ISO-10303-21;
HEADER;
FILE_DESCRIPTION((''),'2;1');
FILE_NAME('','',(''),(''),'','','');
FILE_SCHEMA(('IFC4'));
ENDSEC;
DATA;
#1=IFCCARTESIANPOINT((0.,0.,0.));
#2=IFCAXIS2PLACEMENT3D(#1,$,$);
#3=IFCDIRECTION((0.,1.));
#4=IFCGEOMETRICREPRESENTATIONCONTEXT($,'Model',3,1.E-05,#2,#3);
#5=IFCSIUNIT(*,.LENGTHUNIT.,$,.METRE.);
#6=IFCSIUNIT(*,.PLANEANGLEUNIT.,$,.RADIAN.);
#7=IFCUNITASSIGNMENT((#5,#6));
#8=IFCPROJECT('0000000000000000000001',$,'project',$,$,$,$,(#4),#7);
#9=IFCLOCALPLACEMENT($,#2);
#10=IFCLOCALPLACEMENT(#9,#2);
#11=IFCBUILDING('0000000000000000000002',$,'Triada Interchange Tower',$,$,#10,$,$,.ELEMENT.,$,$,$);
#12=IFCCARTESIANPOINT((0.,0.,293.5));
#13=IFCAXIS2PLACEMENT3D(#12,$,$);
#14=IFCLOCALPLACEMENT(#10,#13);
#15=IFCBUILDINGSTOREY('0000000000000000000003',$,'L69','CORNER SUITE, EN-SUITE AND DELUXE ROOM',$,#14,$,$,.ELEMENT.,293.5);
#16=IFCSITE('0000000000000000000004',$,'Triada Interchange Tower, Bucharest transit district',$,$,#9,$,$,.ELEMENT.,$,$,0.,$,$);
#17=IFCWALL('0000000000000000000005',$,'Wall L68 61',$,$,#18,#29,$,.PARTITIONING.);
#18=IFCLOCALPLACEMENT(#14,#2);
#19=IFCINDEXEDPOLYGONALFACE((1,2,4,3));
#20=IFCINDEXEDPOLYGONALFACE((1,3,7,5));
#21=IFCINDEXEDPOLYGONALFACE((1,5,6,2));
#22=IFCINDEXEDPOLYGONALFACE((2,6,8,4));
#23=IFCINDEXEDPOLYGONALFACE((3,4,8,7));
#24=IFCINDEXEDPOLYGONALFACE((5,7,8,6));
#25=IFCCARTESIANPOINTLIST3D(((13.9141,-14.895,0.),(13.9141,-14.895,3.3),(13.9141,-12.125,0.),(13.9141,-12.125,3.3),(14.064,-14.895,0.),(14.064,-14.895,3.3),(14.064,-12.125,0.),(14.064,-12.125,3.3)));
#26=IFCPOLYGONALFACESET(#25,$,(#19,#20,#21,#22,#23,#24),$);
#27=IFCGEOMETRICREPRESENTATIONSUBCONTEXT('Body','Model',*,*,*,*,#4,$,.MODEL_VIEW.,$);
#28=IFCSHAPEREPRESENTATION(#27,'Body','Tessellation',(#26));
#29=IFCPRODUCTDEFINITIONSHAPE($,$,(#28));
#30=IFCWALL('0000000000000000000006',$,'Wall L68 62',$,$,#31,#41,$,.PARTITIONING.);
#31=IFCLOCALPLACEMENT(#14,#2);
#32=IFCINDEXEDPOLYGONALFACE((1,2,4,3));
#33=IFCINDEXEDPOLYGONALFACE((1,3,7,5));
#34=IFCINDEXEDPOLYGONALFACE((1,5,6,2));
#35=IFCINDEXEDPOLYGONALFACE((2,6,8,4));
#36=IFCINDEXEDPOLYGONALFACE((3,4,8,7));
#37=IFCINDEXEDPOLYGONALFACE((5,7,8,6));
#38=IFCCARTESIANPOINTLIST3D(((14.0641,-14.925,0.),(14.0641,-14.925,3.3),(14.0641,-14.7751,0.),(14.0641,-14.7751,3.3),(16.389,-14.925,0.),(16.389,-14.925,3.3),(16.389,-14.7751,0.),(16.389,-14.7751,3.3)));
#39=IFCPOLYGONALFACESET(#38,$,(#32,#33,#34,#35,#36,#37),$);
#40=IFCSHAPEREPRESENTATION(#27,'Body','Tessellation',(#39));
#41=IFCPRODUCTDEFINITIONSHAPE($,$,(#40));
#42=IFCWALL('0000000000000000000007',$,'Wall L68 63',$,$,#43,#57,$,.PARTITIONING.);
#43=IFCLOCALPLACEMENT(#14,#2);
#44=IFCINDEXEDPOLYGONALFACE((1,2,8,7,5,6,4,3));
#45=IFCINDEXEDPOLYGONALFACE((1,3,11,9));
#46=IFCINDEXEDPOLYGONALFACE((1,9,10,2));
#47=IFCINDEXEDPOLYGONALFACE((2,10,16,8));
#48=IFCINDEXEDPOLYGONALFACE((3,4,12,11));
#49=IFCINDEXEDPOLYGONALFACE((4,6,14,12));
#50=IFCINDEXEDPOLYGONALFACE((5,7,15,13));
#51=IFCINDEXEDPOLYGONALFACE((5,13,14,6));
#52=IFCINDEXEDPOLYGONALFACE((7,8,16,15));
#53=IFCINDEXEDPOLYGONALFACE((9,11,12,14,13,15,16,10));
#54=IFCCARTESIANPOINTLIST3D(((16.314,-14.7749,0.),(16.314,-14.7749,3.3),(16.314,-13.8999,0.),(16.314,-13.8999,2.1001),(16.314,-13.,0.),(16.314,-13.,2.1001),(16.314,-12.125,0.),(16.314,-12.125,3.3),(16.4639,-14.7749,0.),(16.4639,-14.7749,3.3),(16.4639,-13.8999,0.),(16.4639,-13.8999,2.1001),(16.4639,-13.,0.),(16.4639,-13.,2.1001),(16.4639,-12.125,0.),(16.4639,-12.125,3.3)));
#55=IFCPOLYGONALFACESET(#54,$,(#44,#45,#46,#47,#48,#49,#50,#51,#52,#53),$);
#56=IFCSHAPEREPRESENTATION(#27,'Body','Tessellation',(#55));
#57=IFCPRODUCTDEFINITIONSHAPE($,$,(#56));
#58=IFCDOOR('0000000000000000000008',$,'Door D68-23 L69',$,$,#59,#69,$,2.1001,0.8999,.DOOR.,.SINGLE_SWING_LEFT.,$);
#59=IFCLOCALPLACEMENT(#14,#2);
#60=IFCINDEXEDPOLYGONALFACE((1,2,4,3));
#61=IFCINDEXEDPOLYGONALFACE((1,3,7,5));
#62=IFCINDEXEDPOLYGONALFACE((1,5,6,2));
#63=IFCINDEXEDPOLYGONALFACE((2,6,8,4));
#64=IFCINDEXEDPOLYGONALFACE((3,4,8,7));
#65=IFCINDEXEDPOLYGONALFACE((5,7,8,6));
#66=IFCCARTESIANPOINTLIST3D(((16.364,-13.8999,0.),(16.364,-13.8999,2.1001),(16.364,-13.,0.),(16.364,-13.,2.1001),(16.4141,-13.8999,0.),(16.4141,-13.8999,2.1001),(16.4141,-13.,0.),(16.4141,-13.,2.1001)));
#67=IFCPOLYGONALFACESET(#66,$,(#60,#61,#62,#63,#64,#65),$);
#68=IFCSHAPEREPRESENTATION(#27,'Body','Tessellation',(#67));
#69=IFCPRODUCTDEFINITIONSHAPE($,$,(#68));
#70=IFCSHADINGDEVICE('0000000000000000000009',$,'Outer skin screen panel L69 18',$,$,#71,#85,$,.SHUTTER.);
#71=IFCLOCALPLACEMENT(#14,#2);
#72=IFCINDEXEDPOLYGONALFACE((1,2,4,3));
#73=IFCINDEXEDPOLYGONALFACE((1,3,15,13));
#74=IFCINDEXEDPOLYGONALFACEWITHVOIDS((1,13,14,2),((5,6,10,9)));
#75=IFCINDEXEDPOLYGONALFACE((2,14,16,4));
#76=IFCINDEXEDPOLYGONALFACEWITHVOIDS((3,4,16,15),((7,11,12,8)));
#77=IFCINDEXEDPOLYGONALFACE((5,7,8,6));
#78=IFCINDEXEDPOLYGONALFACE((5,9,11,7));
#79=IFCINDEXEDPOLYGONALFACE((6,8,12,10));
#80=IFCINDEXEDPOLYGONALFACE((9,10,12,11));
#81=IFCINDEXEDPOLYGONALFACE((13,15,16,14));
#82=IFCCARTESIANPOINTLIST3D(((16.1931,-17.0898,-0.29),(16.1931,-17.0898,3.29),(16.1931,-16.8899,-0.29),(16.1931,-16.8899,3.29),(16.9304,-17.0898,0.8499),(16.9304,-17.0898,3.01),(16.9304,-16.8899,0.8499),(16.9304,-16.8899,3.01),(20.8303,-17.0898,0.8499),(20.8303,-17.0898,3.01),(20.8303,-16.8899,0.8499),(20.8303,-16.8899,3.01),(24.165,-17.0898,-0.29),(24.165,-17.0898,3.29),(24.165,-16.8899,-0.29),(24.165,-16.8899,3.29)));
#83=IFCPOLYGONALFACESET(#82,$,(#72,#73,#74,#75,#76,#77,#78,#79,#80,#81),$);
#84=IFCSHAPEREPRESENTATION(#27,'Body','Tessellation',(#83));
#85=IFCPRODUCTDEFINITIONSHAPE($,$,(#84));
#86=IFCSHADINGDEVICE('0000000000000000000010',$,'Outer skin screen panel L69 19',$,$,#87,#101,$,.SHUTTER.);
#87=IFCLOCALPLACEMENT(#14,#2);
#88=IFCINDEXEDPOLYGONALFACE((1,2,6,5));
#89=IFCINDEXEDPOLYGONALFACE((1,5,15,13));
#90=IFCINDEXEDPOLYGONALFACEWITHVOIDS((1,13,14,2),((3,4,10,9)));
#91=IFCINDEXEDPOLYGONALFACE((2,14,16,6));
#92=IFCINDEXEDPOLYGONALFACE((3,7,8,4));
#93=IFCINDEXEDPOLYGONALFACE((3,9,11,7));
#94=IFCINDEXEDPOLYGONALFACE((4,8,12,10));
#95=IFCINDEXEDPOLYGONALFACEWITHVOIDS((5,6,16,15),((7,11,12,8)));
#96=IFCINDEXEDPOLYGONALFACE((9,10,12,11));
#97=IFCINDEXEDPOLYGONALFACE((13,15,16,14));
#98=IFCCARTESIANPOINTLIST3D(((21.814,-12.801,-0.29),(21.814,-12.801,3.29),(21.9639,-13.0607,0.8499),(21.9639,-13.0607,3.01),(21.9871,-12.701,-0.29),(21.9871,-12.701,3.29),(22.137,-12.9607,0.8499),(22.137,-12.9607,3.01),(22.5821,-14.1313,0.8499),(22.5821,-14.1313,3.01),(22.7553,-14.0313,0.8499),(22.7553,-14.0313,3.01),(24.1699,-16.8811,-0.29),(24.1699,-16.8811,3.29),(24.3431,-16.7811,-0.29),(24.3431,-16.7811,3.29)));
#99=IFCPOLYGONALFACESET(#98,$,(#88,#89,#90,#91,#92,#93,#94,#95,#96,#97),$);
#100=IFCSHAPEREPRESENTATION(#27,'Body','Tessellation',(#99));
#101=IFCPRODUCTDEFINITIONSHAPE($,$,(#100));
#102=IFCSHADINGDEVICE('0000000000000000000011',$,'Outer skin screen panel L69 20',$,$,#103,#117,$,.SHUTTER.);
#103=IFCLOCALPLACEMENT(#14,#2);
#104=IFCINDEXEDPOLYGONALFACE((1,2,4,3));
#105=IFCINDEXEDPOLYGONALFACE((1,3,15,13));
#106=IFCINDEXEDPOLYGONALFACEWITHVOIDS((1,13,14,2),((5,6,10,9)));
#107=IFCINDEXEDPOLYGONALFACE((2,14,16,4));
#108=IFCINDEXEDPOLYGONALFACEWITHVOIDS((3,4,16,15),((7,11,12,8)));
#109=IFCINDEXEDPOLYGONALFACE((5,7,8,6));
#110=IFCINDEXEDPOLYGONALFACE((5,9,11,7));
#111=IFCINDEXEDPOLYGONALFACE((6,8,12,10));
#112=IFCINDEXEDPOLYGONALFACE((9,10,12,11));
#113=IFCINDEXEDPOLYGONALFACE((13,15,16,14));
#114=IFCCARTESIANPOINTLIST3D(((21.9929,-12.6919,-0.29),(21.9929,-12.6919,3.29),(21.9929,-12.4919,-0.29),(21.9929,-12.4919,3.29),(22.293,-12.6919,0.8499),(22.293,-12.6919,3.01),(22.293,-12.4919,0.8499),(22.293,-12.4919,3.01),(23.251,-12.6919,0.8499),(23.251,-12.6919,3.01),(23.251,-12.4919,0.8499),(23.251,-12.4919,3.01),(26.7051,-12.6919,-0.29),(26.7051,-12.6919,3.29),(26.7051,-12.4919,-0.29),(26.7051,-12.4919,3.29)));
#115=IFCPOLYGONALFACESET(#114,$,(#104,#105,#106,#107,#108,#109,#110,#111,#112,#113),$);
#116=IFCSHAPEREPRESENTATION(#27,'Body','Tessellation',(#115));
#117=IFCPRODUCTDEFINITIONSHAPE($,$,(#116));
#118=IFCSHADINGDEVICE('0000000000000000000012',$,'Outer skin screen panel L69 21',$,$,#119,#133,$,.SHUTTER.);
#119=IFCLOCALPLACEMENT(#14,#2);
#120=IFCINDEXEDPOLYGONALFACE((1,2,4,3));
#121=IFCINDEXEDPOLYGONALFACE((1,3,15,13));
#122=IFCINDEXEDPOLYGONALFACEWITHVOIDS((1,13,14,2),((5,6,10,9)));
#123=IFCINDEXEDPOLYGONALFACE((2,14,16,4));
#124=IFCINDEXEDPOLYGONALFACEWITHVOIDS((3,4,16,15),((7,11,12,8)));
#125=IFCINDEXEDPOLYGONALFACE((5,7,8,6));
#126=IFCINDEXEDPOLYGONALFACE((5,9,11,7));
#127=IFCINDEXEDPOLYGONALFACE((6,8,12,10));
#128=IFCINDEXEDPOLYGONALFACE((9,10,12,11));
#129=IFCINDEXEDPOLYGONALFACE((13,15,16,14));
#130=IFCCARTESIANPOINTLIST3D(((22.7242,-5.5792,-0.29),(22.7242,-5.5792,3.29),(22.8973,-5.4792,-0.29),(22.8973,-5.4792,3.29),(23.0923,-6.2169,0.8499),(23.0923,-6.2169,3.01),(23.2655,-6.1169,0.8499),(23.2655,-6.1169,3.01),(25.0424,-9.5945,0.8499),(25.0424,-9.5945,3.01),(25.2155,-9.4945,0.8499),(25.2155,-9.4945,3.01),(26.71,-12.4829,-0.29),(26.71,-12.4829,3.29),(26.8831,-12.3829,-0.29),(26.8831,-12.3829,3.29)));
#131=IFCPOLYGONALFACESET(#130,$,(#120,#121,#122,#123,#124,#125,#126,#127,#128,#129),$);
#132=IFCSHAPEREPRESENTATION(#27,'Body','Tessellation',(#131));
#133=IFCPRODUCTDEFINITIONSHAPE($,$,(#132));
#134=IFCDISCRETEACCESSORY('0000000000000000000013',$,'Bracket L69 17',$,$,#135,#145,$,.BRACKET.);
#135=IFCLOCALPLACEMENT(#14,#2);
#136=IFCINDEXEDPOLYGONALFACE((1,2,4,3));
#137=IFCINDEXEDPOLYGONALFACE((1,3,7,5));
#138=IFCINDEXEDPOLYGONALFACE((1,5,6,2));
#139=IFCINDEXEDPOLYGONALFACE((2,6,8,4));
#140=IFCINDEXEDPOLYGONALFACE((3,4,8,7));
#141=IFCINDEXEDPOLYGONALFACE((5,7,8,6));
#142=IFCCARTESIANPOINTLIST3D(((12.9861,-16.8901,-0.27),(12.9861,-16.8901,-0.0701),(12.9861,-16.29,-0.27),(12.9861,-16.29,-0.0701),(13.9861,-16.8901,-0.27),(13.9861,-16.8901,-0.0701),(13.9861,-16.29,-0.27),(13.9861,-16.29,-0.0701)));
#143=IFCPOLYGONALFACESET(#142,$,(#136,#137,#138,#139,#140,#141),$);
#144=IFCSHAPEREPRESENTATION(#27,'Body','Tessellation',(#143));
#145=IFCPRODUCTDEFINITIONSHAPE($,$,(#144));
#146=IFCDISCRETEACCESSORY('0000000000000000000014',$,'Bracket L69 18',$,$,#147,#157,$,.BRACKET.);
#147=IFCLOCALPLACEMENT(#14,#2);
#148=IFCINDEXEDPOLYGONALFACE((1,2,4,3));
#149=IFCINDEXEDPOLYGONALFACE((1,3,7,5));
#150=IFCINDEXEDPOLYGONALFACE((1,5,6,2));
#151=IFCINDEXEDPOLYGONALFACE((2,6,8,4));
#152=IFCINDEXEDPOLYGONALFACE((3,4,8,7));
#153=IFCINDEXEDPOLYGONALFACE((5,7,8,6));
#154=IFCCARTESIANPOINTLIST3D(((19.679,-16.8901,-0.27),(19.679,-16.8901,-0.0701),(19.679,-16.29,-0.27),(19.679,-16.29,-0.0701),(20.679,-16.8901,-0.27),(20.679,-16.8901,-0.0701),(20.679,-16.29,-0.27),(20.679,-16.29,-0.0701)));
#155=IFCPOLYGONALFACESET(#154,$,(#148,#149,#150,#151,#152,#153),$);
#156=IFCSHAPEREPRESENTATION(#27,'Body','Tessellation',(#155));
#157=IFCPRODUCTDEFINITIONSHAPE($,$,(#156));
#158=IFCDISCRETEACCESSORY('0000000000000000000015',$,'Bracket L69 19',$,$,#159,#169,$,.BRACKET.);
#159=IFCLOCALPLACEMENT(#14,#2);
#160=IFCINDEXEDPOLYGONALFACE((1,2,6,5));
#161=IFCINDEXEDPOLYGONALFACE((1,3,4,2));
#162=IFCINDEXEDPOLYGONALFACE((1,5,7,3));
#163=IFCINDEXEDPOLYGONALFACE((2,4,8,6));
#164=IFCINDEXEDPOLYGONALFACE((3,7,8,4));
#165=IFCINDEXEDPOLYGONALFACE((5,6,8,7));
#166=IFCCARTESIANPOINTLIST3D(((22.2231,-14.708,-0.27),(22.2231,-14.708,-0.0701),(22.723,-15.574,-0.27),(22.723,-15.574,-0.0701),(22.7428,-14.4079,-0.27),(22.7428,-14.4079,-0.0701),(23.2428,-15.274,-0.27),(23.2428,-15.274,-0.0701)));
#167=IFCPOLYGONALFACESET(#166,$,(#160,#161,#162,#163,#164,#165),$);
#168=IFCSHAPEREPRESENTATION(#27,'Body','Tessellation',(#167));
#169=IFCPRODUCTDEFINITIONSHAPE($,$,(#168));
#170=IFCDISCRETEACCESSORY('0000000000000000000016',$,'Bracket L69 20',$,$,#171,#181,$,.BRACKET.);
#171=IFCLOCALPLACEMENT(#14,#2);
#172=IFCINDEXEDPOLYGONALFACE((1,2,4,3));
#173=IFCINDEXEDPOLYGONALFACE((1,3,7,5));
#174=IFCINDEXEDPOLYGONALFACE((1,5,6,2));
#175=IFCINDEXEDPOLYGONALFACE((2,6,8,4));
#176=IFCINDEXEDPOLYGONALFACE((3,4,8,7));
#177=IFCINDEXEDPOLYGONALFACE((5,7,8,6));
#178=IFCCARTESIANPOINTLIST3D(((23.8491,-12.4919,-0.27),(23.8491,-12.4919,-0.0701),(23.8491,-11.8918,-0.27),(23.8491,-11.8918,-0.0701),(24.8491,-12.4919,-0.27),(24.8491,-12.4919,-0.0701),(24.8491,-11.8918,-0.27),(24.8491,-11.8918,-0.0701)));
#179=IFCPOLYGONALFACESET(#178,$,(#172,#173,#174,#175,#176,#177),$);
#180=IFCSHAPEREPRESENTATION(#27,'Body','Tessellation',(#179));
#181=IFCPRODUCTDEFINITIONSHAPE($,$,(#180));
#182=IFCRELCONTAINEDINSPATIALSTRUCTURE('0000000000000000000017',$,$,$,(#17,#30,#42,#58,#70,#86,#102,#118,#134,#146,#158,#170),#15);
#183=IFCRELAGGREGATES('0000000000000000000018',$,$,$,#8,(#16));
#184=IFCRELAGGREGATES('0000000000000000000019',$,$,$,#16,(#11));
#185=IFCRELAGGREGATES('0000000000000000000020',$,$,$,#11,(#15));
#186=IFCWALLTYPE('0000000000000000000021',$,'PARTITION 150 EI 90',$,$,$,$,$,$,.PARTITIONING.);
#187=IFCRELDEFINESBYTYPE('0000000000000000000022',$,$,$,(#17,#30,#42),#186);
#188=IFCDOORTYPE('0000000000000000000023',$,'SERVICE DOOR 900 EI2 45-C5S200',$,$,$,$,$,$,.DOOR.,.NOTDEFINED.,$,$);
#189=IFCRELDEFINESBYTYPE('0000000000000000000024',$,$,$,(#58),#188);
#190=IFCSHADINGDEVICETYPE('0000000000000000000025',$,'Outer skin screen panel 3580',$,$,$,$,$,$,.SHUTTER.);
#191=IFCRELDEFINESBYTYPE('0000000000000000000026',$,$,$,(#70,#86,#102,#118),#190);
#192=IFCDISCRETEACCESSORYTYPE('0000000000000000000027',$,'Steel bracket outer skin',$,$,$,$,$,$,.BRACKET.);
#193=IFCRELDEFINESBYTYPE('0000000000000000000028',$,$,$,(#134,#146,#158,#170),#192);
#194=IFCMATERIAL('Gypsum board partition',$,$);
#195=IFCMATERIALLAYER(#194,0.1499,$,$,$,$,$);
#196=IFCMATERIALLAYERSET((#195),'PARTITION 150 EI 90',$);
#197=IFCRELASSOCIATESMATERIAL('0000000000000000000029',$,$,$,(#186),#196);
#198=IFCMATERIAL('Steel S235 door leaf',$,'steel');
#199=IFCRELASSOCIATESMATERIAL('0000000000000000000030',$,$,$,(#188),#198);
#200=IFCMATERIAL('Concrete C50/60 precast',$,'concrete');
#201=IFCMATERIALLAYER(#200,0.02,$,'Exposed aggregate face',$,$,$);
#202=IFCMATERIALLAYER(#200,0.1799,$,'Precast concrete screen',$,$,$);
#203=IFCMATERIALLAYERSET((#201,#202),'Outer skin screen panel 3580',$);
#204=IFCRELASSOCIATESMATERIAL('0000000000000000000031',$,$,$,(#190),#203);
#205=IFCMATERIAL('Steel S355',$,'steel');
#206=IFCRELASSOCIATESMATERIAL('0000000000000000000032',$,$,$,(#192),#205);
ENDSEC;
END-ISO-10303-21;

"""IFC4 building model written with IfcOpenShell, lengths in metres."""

from ifc_helpers import new_model, si_unit, direction, frame, frame_2d, origin, origin_2d, place, context, subcontext, project, spatial, polyline, rectangle, outline, extrude, material, layer, layer_set, type_object, element, fill, save


model = new_model("IFC4")

# Units and contexts
model_context = context("Model", 3, precision=1e-05, world=origin(), true_north=direction((0.0, 1.0)))
body_context = subcontext(model_context, "Body", "Model", "MODEL_VIEW")
ifc_project = project(units=[si_unit("LENGTHUNIT", "METRE"), si_unit("PLANEANGLEUNIT", "RADIAN")], contexts=[model_context])

# Site, building, storey
site_placement = place(None, origin())
site = spatial("IfcSite", under=ifc_project, at=site_placement, Name="Triada Interchange Tower, Bucharest transit district", CompositionType="ELEMENT", RefElevation=0.0)
building_placement = place(site_placement, origin())
building = spatial("IfcBuilding", under=site, at=building_placement, Name="Triada Interchange Tower", CompositionType="ELEMENT")
storey_placement = place(building_placement, frame((0.0, 0.0, 293.5)))
storey = spatial("IfcBuildingStorey", under=building, at=storey_placement, Name="L69", Description="CORNER SUITE, EN-SUITE AND DELUXE ROOM", CompositionType="ELEMENT", Elevation=293.5)

# Walls
ifc_material_1 = material(Name="Gypsum board partition")
ifc_layer_1 = layer(ifc_material_1, 0.1499)
ifc_layer_set_1 = layer_set([ifc_layer_1], Name="PARTITION 150 EI 90")
wall_type_1 = type_object("IfcWallType", Name="PARTITION 150 EI 90", PredefinedType="PARTITIONING", material=ifc_layer_set_1)
wall_1_placement = place(storey_placement, frame((13.989, -14.895, 0.0), z_axis=(0.0, 0.0, 1.0), x_axis=(0.0, 1.0, 0.0)))
element("IfcWall", 1, at=wall_1_placement, inside=storey, type_object=wall_type_1, Name="Wall L68 61", PredefinedType="PARTITIONING", context=body_context, shape_type="SweptSolid", body=[
    extrude(rectangle(XDim=2.77, YDim=0.1499, at=frame_2d((1.385, 0.0))), origin(), (0.0, 0.0, 1.0), 3.3),
])
wall_2_placement = place(storey_placement, frame((14.064, -14.8501, 0.0), z_axis=(0.0, 0.0, 1.0), x_axis=(1.0, 0.0, 0.0)))
element("IfcWall", 2, at=wall_2_placement, inside=storey, type_object=wall_type_1, Name="Wall L68 62", PredefinedType="PARTITIONING", context=body_context, shape_type="SweptSolid", body=[
    extrude(rectangle(XDim=2.325, YDim=0.1499, at=frame_2d((1.1626, 0.0))), origin(), (0.0, 0.0, 1.0), 3.3),
])

# Wall, opening, door
wall_3_placement = place(storey_placement, frame((16.3889, -14.7749, 0.0), z_axis=(0.0, 0.0, 1.0), x_axis=(0.0, 1.0, 0.0)))
wall_3 = element("IfcWall", 3, at=wall_3_placement, inside=storey, type_object=wall_type_1, Name="Wall L68 63", PredefinedType="PARTITIONING", context=body_context, shape_type="SweptSolid", body=[
    extrude(rectangle(XDim=2.6499, YDim=0.1499, at=frame_2d((1.325, 0.0))), origin(), (0.0, 0.0, 1.0), 3.3),
])
opening_1_placement = place(wall_3_placement, frame((0.875, 0.0, 0.0)))
opening_1 = element("IfcOpeningElement", 4, at=opening_1_placement, cuts=wall_3, PredefinedType="OPENING", context=body_context, shape_type="SweptSolid", body=[
    extrude(rectangle(XDim=0.8999, YDim=2.1001, at=frame_2d((0.45, 1.05))), frame((0.0, 0.085, 0.0), z_axis=(0.0, -1.0, 0.0), x_axis=(1.0, 0.0, 0.0)), (0.0, 0.0, 1.0), 0.1699),
])
ifc_material_2 = material(Name="Steel S235 door leaf", Category="steel")
door_type = type_object("IfcDoorType", Name="SERVICE DOOR 900 EI2 45-C5S200", OperationType="NOTDEFINED", PredefinedType="DOOR", material=ifc_material_2)
door_placement = place(opening_1_placement, origin())
door = element("IfcDoor", 5, at=door_placement, inside=storey, type_object=door_type, Name="Door D68-23 L69", OperationType="SINGLE_SWING_LEFT", OverallHeight=2.1001, OverallWidth=0.8999, PredefinedType="DOOR", context=body_context, shape_type="SweptSolid", body=[
    extrude(rectangle(XDim=0.8999, YDim=2.1001, at=frame_2d((0.45, 1.05))), frame((0.0, 0.0249, 0.0), z_axis=(0.0, -1.0, 0.0), x_axis=(1.0, 0.0, 0.0)), (0.0, 0.0, 1.0), 0.05),
])
fill(opening_1, door)

# Shading devices
ifc_material_3 = material(Name="Concrete C50/60 precast", Category="concrete")
ifc_layer_2 = layer(ifc_material_3, 0.02, Name="Exposed aggregate face")
ifc_layer_3 = layer(ifc_material_3, 0.1799, Name="Precast concrete screen")
ifc_layer_set_2 = layer_set([ifc_layer_2, ifc_layer_3], Name="Outer skin screen panel 3580")
shading_device_type = type_object("IfcShadingDeviceType", Name="Outer skin screen panel 3580", PredefinedType="SHUTTER", material=ifc_layer_set_2)
shading_device_1_placement = place(storey_placement, frame((16.1931, -16.8899, -0.29), z_axis=(0.0, 0.0, 1.0), x_axis=(1.0, 0.0, 0.0)))
element("IfcShadingDevice", 6, at=shading_device_1_placement, inside=storey, type_object=shading_device_type, Name="Outer skin screen panel L69 18", PredefinedType="SHUTTER", context=body_context, shape_type="SweptSolid", body=[
    extrude(outline(polyline([(0.0, 0.0), (7.9719, 0.0), (7.9719, 3.5801), (0.0, 3.5801), (0.0, 0.0)]), holes=[polyline([(0.7373, 1.1399), (0.7373, 3.3), (4.6372, 3.3), (4.6372, 1.1399), (0.7373, 1.1399)])]), frame((0.0, 0.0, 0.0), z_axis=(0.0, -1.0, 0.0), x_axis=(1.0, 0.0, 0.0)), (0.0, 0.0, 1.0), 0.2),
])
shading_device_2_placement = place(storey_placement, frame((24.1699, -16.8811, -0.29), z_axis=(0.0, 0.0, 1.0), x_axis=(-0.500051, 0.865996, 0.0)))
element("IfcShadingDevice", 7, at=shading_device_2_placement, inside=storey, type_object=shading_device_type, Name="Outer skin screen panel L69 19", PredefinedType="SHUTTER", context=body_context, shape_type="SweptSolid", body=[
    extrude(outline(polyline([(0.0, 0.0), (4.7114, 0.0), (4.7114, 3.5801), (0.0, 3.5801), (0.0, 0.0)]), holes=[polyline([(3.1753, 1.1399), (3.1753, 3.3), (4.4116, 3.3), (4.4116, 1.1399), (3.1753, 1.1399)])]), frame((0.0, 0.0, 0.0), z_axis=(0.0, -1.0, 0.0), x_axis=(1.0, 0.0, 0.0)), (0.0, 0.0, 1.0), 0.2),
])
shading_device_3_placement = place(storey_placement, frame((21.9929, -12.4919, -0.29), z_axis=(0.0, 0.0, 1.0), x_axis=(1.0, 0.0, 0.0)))
element("IfcShadingDevice", 8, at=shading_device_3_placement, inside=storey, type_object=shading_device_type, Name="Outer skin screen panel L69 20", PredefinedType="SHUTTER", context=body_context, shape_type="SweptSolid", body=[
    extrude(outline(polyline([(0.0, 0.0), (4.7122, 0.0), (4.7122, 3.5801), (0.0, 3.5801), (0.0, 0.0)]), holes=[polyline([(0.3, 1.1399), (0.3, 3.3), (1.2581, 3.3), (1.2581, 1.1399), (0.3, 1.1399)])]), frame((0.0, 0.0, 0.0), z_axis=(0.0, -1.0, 0.0), x_axis=(1.0, 0.0, 0.0)), (0.0, 0.0, 1.0), 0.2),
])
shading_device_4_placement = place(storey_placement, frame((26.71, -12.4829, -0.29), z_axis=(0.0, 0.0, 1.0), x_axis=(-0.499993, 0.86603, 0.0)))
element("IfcShadingDevice", 9, at=shading_device_4_placement, inside=storey, type_object=shading_device_type, Name="Outer skin screen panel L69 21", PredefinedType="SHUTTER", context=body_context, shape_type="SweptSolid", body=[
    extrude(outline(polyline([(0.0, 0.0), (7.9717, 0.0), (7.9717, 3.5801), (0.0, 3.5801), (0.0, 0.0)]), holes=[polyline([(3.3352, 1.1399), (3.3352, 3.3), (7.2354, 3.3), (7.2354, 1.1399), (3.3352, 1.1399)])]), frame((0.0, 0.0, 0.0), z_axis=(0.0, -1.0, 0.0), x_axis=(1.0, 0.0, 0.0)), (0.0, 0.0, 1.0), 0.2),
])

# Discrete accessories
ifc_material_4 = material(Name="Steel S355", Category="steel")
discrete_accessory_type = type_object("IfcDiscreteAccessoryType", Name="Steel bracket outer skin", PredefinedType="BRACKET", material=ifc_material_4)
for number, where, z_axis, x_axis, name in (
    (10, (13.4861, -16.5901, -0.27), (0.0, 0.0, 1.0), (0.0, -1.0, 0.0), "Bracket L69 17"),
    (11, (20.179, -16.5901, -0.27), (0.0, 0.0, 1.0), (0.0, -1.0, 0.0), "Bracket L69 18"),
    (12, (22.7329, -14.991, -0.27), (0.0, 0.0, 1.0), (0.866041, 0.499972, 0.0), "Bracket L69 19"),
    (13, (24.3491, -12.1919, -0.27), (0.0, 0.0, 1.0), (0.0, -1.0, 0.0), "Bracket L69 20"),
):
    element("IfcDiscreteAccessory", number, at=place(storey_placement, frame(where, z_axis=z_axis, x_axis=x_axis)), inside=storey, type_object=discrete_accessory_type, Name=name, PredefinedType="BRACKET", context=body_context, shape_type="SweptSolid", body=[
        extrude(rectangle(XDim=0.6001, YDim=1.0, at=origin_2d()), origin(), (0.0, 0.0, 1.0), 0.2),
    ])

save(model, "model.ifc")
